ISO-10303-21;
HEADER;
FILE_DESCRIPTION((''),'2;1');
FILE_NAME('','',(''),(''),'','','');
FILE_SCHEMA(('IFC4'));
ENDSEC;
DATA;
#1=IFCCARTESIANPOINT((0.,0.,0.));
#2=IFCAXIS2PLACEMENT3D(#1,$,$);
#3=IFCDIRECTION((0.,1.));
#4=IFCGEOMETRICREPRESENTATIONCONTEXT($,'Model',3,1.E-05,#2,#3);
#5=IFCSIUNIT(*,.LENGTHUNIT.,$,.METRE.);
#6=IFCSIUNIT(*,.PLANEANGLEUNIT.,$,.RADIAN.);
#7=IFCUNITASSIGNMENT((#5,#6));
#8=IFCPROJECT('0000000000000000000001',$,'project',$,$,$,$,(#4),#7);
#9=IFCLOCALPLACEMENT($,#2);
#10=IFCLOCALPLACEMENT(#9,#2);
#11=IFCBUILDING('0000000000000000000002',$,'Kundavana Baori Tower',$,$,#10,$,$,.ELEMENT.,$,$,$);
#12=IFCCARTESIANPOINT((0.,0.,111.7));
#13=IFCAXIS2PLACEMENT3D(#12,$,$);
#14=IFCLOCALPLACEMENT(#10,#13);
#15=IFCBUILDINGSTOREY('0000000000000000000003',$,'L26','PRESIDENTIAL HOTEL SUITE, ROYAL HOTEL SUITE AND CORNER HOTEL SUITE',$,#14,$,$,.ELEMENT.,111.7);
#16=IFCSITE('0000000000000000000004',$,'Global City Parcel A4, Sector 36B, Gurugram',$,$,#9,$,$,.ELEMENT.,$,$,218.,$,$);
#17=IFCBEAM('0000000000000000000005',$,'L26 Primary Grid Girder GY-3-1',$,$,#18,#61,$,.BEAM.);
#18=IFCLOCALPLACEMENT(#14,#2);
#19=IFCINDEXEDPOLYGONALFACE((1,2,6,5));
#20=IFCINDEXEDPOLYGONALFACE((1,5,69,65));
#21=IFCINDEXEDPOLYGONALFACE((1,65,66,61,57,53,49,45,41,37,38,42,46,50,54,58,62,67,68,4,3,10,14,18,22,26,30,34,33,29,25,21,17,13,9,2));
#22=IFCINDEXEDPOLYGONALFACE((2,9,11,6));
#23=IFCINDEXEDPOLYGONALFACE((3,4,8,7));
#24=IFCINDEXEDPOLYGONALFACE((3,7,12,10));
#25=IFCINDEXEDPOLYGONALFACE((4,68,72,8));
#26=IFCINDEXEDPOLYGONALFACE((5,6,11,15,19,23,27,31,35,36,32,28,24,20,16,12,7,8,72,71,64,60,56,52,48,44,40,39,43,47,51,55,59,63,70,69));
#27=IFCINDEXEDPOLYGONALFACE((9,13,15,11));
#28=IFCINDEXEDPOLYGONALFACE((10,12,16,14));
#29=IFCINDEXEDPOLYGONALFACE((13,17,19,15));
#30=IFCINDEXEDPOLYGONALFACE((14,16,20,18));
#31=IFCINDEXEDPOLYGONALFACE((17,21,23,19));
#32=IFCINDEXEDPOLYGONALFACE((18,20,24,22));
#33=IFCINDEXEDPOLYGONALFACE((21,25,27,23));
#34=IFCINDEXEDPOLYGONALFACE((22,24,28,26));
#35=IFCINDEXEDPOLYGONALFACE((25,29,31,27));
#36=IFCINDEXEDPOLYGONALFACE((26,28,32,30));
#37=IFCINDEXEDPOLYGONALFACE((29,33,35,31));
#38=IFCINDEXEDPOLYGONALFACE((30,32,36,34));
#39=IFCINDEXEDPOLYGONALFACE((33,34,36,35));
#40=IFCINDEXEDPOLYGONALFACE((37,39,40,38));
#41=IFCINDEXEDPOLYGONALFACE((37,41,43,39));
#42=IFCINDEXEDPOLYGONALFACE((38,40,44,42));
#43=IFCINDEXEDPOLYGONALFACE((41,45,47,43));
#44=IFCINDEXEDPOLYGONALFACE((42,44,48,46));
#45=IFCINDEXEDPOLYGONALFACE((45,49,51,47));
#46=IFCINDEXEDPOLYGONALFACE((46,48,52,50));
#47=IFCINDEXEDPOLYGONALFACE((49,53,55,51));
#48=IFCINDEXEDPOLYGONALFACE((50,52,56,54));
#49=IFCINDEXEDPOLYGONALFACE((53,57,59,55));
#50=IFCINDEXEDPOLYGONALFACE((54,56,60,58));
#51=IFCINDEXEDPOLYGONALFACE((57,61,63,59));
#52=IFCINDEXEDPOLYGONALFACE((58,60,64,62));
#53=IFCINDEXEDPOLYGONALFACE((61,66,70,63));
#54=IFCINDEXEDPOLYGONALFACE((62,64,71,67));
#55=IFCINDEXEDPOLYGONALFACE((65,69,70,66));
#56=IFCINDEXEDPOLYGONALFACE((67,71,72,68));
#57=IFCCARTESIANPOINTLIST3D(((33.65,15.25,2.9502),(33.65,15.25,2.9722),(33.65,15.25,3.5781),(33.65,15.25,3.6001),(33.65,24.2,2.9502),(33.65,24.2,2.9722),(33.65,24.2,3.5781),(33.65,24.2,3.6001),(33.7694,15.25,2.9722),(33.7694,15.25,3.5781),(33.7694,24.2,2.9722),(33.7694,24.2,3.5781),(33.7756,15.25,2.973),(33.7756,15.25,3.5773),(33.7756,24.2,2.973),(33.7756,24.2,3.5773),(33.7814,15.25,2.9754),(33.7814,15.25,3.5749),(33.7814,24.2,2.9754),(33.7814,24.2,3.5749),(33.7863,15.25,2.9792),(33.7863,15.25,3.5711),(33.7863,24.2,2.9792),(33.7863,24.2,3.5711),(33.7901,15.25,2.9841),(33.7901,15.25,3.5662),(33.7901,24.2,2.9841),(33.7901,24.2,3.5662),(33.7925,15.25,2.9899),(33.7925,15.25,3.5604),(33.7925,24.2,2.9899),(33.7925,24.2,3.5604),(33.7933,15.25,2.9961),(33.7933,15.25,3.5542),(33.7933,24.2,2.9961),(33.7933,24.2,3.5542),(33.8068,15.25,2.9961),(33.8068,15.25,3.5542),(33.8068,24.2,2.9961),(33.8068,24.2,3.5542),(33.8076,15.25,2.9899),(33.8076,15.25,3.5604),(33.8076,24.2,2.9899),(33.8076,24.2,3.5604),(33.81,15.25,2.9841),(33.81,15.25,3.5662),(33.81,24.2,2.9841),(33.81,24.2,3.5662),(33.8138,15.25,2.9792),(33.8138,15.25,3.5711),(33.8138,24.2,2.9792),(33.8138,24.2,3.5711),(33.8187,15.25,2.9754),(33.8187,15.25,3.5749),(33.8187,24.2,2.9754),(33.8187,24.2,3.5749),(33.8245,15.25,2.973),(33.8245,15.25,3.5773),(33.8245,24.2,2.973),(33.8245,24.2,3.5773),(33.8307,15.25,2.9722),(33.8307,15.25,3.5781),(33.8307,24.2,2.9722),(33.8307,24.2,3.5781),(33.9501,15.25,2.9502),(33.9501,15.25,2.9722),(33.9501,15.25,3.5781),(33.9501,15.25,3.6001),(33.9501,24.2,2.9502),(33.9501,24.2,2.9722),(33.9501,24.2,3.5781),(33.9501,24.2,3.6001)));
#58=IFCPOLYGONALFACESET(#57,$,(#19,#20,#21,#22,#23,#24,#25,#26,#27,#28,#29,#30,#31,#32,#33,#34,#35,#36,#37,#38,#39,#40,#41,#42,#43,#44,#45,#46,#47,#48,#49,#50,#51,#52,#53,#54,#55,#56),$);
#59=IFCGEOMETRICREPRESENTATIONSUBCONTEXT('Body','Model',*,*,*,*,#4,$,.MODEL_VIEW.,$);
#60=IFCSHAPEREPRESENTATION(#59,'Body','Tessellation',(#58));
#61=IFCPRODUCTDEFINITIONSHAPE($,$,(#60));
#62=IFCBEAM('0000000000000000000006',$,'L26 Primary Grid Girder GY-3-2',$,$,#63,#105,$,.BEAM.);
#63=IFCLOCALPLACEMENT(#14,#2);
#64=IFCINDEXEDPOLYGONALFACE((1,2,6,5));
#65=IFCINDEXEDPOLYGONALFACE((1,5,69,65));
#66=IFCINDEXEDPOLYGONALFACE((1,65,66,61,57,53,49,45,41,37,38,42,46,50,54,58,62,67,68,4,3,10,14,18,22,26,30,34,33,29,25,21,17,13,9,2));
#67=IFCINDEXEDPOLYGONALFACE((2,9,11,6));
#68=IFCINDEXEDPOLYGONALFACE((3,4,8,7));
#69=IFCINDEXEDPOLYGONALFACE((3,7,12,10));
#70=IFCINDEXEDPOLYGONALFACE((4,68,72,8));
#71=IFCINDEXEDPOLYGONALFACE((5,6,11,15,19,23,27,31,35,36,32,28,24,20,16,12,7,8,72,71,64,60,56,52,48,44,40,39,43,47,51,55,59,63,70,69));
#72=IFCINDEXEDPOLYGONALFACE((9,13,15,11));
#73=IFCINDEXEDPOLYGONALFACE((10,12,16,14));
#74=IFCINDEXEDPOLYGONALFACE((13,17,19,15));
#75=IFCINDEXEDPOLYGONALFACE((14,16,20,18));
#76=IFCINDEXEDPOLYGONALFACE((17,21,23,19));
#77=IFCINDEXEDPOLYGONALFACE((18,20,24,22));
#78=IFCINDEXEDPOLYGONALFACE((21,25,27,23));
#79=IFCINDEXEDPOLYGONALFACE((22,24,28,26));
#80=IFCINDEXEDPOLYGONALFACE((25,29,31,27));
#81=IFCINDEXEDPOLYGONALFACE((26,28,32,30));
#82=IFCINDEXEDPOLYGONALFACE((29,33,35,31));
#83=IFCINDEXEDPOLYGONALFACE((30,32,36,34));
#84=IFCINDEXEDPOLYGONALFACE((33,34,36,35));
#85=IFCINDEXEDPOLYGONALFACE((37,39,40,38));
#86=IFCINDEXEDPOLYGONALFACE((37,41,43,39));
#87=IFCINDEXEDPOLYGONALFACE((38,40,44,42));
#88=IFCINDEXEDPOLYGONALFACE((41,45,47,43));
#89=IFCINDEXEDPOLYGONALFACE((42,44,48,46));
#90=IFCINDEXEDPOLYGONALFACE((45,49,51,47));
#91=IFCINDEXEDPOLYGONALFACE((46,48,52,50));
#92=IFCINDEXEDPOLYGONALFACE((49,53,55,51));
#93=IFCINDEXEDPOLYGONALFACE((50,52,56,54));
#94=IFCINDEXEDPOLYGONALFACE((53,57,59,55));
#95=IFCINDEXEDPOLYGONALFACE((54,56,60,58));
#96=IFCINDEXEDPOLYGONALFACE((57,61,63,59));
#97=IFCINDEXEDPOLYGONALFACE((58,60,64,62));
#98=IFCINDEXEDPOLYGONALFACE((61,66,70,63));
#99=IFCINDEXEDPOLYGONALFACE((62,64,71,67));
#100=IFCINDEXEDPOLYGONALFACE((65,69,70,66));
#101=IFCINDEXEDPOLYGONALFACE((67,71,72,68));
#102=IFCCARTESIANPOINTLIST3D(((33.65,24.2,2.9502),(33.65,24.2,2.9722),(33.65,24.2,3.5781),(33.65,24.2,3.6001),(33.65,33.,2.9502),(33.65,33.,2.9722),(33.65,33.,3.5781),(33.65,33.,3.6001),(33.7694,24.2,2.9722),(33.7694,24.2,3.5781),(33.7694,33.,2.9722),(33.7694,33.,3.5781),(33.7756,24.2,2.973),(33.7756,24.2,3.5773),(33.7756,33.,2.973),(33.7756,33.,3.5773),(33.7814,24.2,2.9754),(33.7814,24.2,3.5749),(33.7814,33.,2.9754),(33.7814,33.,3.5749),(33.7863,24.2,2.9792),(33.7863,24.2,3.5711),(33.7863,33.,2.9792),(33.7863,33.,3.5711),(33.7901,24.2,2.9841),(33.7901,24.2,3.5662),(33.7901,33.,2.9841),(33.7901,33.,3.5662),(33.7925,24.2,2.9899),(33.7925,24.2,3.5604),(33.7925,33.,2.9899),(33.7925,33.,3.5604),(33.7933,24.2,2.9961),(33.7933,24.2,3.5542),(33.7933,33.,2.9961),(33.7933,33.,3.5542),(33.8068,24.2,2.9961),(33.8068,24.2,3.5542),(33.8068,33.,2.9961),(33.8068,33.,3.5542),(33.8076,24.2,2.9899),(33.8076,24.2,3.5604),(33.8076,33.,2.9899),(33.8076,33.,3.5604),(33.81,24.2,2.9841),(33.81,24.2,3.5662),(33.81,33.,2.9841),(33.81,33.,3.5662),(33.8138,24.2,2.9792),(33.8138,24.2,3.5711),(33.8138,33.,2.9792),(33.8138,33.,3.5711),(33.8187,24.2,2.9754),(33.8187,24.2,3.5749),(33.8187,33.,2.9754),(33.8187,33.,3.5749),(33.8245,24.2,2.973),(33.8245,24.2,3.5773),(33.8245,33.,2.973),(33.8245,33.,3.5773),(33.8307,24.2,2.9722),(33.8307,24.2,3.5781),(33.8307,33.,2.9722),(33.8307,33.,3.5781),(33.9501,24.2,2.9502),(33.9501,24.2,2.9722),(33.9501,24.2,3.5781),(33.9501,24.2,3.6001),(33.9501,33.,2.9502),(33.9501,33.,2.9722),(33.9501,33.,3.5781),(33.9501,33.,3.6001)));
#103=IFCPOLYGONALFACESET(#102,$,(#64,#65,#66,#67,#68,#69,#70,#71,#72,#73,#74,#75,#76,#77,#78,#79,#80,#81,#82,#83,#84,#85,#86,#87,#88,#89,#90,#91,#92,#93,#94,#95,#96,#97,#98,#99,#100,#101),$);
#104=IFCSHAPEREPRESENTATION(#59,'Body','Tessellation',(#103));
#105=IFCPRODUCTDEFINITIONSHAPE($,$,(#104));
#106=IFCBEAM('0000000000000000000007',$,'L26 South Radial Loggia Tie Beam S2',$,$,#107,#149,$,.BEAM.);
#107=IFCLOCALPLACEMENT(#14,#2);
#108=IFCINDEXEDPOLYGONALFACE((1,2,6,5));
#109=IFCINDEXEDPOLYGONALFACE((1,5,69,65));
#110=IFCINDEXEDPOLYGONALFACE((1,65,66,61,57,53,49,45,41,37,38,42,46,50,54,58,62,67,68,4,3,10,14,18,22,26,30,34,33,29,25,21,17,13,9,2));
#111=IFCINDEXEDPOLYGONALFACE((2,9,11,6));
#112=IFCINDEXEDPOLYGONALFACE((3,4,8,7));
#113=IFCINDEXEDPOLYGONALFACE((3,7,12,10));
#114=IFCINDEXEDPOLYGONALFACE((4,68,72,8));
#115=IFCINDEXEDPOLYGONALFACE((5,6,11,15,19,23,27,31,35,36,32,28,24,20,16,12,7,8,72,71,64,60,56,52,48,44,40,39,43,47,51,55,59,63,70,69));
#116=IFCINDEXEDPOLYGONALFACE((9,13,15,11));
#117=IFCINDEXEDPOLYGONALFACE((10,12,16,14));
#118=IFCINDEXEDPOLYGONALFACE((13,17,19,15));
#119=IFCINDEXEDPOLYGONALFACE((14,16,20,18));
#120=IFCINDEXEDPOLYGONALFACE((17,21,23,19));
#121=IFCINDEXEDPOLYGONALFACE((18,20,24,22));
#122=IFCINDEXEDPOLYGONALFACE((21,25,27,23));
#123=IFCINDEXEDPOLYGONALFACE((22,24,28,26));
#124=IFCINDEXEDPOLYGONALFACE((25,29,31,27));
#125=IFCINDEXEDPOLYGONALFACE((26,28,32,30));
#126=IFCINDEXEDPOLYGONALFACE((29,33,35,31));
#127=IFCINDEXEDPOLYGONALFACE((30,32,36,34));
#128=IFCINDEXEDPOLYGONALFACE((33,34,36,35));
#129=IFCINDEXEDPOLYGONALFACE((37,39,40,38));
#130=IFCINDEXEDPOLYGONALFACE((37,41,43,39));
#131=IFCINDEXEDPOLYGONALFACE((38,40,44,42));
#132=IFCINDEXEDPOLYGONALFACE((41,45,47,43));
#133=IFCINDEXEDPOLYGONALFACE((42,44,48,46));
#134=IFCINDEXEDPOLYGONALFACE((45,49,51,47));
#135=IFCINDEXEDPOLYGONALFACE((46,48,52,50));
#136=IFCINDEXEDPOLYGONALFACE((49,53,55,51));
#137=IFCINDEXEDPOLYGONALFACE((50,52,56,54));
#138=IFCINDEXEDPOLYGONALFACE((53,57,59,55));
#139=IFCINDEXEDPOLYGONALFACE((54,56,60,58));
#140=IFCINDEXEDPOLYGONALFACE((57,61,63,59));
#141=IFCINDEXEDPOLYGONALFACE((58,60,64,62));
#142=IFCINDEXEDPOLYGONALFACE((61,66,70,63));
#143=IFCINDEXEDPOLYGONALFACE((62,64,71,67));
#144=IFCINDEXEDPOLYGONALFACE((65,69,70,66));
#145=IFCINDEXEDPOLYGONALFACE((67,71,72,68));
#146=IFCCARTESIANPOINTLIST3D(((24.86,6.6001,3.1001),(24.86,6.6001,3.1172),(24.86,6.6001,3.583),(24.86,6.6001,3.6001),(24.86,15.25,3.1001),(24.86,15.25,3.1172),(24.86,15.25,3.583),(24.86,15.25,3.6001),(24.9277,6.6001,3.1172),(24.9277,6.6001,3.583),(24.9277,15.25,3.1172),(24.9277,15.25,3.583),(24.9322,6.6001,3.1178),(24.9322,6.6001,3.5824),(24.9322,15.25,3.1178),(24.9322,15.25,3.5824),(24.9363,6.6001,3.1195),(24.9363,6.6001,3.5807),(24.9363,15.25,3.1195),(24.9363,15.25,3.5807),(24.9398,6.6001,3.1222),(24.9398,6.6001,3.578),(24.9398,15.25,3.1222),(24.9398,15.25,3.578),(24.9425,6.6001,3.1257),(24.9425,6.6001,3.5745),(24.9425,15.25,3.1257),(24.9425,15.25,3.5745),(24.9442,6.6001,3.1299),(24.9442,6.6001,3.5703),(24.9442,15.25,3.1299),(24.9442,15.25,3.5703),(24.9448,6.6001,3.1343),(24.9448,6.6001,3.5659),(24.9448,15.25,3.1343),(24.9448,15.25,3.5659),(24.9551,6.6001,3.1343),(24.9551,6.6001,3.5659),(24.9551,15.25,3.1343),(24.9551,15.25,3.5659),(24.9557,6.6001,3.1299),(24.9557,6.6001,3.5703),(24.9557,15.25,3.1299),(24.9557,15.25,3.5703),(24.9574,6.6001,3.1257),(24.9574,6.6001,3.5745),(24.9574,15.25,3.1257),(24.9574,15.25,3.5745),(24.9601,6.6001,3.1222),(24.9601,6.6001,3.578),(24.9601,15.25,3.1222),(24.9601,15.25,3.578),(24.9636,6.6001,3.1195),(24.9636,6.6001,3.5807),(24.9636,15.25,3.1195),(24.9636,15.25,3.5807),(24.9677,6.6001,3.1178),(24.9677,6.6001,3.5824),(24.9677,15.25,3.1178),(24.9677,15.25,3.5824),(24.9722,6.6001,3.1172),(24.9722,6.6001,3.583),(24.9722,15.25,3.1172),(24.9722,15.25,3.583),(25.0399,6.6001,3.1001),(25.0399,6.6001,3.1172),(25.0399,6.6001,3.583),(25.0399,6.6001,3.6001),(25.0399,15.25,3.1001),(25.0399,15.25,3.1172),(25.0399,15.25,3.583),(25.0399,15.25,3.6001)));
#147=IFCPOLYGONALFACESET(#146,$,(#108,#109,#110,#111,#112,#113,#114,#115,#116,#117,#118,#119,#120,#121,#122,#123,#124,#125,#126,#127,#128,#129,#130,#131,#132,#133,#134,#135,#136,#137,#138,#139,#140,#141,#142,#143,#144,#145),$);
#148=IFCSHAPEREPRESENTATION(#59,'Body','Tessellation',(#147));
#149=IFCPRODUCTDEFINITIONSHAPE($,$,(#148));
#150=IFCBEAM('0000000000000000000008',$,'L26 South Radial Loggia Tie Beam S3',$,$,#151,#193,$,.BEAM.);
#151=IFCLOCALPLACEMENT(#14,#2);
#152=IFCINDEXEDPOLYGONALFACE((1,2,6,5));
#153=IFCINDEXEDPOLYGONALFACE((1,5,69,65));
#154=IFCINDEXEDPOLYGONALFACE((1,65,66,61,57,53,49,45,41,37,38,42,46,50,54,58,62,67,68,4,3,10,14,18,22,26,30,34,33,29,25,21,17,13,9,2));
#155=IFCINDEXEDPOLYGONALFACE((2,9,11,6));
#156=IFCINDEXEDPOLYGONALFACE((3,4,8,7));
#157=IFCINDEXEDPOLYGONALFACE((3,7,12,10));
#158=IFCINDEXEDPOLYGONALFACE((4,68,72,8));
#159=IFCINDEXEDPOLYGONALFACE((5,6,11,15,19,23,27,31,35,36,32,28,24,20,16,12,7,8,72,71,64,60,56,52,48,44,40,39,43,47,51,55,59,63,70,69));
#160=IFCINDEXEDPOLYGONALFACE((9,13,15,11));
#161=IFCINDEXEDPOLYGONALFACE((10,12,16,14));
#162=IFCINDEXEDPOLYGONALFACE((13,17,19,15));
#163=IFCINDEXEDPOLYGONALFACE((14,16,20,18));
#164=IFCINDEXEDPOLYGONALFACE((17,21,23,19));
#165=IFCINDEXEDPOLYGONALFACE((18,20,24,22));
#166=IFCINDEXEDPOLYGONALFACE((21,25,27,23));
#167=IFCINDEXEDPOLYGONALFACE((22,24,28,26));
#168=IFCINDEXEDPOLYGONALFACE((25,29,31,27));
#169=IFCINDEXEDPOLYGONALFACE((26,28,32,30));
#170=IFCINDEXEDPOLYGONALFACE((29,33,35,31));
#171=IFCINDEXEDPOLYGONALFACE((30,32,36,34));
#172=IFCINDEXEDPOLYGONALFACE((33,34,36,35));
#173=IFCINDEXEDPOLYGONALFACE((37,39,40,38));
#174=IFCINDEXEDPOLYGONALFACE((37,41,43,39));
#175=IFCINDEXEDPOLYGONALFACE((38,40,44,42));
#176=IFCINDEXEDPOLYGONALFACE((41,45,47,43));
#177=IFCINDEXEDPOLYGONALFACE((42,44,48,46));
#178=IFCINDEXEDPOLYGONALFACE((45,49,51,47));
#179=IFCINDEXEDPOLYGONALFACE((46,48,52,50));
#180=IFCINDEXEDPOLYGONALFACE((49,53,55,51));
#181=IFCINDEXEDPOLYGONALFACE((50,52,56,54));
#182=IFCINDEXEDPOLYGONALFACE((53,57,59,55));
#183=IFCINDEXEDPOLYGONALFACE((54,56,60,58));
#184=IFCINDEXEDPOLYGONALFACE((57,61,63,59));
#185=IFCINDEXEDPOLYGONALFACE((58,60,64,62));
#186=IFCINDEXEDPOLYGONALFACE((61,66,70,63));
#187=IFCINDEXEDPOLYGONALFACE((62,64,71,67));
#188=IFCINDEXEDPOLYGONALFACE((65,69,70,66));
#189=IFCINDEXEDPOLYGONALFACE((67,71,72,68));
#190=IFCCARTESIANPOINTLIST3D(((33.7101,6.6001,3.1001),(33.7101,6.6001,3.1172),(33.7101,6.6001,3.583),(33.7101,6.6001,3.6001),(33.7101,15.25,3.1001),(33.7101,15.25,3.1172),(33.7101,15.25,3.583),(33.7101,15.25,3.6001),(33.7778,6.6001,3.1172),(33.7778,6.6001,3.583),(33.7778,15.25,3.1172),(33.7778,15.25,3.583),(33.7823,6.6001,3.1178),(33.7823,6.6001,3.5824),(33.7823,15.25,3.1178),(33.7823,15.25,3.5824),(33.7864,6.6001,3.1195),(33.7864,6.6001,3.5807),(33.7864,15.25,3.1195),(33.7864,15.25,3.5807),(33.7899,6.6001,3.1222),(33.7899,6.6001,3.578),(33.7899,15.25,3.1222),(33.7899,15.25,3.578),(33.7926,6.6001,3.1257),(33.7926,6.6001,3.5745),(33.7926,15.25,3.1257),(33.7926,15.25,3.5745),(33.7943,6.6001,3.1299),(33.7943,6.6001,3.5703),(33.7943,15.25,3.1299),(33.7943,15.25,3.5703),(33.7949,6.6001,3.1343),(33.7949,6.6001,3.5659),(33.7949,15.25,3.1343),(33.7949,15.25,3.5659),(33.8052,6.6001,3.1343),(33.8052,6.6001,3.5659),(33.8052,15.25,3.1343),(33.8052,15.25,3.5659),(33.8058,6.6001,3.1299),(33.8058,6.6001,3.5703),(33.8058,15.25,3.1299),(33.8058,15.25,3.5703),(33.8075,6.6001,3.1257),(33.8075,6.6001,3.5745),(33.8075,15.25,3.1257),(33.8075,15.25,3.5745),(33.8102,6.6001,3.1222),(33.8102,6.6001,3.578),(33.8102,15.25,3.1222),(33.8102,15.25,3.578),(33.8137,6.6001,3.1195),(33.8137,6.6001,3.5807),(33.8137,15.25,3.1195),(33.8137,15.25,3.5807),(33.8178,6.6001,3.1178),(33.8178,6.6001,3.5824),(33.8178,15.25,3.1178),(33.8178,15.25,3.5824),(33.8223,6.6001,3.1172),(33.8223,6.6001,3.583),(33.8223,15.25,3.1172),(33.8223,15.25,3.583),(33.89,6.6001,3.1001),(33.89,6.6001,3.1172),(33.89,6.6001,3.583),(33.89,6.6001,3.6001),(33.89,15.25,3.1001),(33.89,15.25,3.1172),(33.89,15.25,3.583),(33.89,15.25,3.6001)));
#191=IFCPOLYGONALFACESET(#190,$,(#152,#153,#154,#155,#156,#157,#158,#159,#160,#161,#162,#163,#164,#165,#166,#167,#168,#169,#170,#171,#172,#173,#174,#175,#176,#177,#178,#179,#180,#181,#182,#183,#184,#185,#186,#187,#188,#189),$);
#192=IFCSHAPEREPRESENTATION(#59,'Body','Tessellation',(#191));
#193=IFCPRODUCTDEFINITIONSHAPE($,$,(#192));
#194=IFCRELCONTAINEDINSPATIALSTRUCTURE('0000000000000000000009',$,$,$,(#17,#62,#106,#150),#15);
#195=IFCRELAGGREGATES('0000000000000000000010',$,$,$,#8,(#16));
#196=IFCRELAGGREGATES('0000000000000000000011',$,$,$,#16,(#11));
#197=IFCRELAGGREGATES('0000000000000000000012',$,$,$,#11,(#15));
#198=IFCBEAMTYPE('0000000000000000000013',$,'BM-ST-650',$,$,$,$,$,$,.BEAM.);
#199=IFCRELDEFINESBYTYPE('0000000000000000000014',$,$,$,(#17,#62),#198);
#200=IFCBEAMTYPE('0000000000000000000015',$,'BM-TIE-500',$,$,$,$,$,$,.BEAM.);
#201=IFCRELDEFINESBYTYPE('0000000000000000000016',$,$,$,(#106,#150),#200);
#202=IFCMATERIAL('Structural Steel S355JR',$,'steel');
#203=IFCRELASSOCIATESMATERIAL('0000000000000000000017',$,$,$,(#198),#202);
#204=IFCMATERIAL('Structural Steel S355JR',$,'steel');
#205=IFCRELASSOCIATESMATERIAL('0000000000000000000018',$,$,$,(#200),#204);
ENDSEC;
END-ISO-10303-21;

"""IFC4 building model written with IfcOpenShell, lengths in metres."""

from ifc_helpers import new_model, si_unit, direction, frame, origin, origin_2d, place, context, subcontext, project, spatial, i_section, extrude, material, material_profile, profile_set, type_object, element, save


model = new_model("IFC4")

# Units and contexts
model_context = context("Model", 3, precision=1e-05, world=origin(), true_north=direction((0.0, 1.0)))
body_context = subcontext(model_context, "Body", "Model", "MODEL_VIEW")
ifc_project = project(units=[si_unit("LENGTHUNIT", "METRE"), si_unit("PLANEANGLEUNIT", "RADIAN")], contexts=[model_context])

# Site, building, storey
site_placement = place(None, origin())
site = spatial("IfcSite", under=ifc_project, at=site_placement, Name="Global City Parcel A4, Sector 36B, Gurugram", CompositionType="ELEMENT", RefElevation=218.0)
building_placement = place(site_placement, origin())
building = spatial("IfcBuilding", under=site, at=building_placement, Name="Kundavana Baori Tower", CompositionType="ELEMENT")
storey_placement = place(building_placement, frame((0.0, 0.0, 111.7)))
storey = spatial("IfcBuildingStorey", under=building, at=storey_placement, Name="L26", Description="PRESIDENTIAL HOTEL SUITE, ROYAL HOTEL SUITE AND CORNER HOTEL SUITE", CompositionType="ELEMENT", Elevation=111.7)

# Beams
ifc_material_1 = material(Name="Structural Steel S355JR", Category="steel")
ifc_material_profile_1 = material_profile(ifc_material_1, i_section(OverallWidth=0.3, OverallDepth=0.6499, WebThickness=0.0134, FlangeThickness=0.022, FilletRadius=0.0239, at=origin_2d()), Name="NPB 650x300x155")
ifc_profile_set_1 = profile_set([ifc_material_profile_1], Name="Structural Steel S355JR")
beam_type_1 = type_object("IfcBeamType", Name="BM-ST-650", PredefinedType="BEAM", material=ifc_profile_set_1)
beam_1_placement = place(storey_placement, frame((33.8, 15.25, 3.2751), z_axis=(0.0, 1.0, 0.0), x_axis=(-1.0, 0.0, 0.0)))
element("IfcBeam", 1, at=beam_1_placement, inside=storey, type_object=beam_type_1, Name="L26 Primary Grid Girder GY-3-1", PredefinedType="BEAM", context=body_context, shape_type="SweptSolid", body=[
    extrude(i_section(OverallWidth=0.3, OverallDepth=0.6499, WebThickness=0.0134, FlangeThickness=0.022, FilletRadius=0.0239, at=origin_2d()), origin(), (0.0, 0.0, 1.0), 8.95),
])
beam_2_placement = place(storey_placement, frame((33.8, 24.2, 3.2751), z_axis=(0.0, 1.0, 0.0), x_axis=(-1.0, 0.0, 0.0)))
element("IfcBeam", 2, at=beam_2_placement, inside=storey, type_object=beam_type_1, Name="L26 Primary Grid Girder GY-3-2", PredefinedType="BEAM", context=body_context, shape_type="SweptSolid", body=[
    extrude(i_section(OverallWidth=0.3, OverallDepth=0.6499, WebThickness=0.0134, FlangeThickness=0.022, FilletRadius=0.0239, at=origin_2d()), origin(), (0.0, 0.0, 1.0), 8.8),
])
ifc_material_2 = material(Name="Structural Steel S355JR", Category="steel")
ifc_material_profile_2 = material_profile(ifc_material_2, i_section(OverallWidth=0.1799, OverallDepth=0.5, WebThickness=0.0103, FlangeThickness=0.0171, FilletRadius=0.0171, at=origin_2d()), Name="ISMB 500")
ifc_profile_set_2 = profile_set([ifc_material_profile_2], Name="Structural Steel S355JR")
beam_type_2 = type_object("IfcBeamType", Name="BM-TIE-500", PredefinedType="BEAM", material=ifc_profile_set_2)
for number, where, z_axis, x_axis, name in (
    (3, (24.95, 15.25, 3.3501), (0.0, -1.0, 0.0), (1.0, 0.0, 0.0), "L26 South Radial Loggia Tie Beam S2"),
    (4, (33.8, 15.25, 3.3501), (0.0, -1.0, 0.0), (1.0, 0.0, 0.0), "L26 South Radial Loggia Tie Beam S3"),
):
    element("IfcBeam", number, at=place(storey_placement, frame(where, z_axis=z_axis, x_axis=x_axis)), inside=storey, type_object=beam_type_2, Name=name, PredefinedType="BEAM", context=body_context, shape_type="SweptSolid", body=[
        extrude(i_section(OverallWidth=0.1799, OverallDepth=0.5, WebThickness=0.0103, FlangeThickness=0.0171, FilletRadius=0.0171, at=origin_2d()), origin(), (0.0, 0.0, 1.0), 8.6499),
    ])

save(model, "model.ifc")
